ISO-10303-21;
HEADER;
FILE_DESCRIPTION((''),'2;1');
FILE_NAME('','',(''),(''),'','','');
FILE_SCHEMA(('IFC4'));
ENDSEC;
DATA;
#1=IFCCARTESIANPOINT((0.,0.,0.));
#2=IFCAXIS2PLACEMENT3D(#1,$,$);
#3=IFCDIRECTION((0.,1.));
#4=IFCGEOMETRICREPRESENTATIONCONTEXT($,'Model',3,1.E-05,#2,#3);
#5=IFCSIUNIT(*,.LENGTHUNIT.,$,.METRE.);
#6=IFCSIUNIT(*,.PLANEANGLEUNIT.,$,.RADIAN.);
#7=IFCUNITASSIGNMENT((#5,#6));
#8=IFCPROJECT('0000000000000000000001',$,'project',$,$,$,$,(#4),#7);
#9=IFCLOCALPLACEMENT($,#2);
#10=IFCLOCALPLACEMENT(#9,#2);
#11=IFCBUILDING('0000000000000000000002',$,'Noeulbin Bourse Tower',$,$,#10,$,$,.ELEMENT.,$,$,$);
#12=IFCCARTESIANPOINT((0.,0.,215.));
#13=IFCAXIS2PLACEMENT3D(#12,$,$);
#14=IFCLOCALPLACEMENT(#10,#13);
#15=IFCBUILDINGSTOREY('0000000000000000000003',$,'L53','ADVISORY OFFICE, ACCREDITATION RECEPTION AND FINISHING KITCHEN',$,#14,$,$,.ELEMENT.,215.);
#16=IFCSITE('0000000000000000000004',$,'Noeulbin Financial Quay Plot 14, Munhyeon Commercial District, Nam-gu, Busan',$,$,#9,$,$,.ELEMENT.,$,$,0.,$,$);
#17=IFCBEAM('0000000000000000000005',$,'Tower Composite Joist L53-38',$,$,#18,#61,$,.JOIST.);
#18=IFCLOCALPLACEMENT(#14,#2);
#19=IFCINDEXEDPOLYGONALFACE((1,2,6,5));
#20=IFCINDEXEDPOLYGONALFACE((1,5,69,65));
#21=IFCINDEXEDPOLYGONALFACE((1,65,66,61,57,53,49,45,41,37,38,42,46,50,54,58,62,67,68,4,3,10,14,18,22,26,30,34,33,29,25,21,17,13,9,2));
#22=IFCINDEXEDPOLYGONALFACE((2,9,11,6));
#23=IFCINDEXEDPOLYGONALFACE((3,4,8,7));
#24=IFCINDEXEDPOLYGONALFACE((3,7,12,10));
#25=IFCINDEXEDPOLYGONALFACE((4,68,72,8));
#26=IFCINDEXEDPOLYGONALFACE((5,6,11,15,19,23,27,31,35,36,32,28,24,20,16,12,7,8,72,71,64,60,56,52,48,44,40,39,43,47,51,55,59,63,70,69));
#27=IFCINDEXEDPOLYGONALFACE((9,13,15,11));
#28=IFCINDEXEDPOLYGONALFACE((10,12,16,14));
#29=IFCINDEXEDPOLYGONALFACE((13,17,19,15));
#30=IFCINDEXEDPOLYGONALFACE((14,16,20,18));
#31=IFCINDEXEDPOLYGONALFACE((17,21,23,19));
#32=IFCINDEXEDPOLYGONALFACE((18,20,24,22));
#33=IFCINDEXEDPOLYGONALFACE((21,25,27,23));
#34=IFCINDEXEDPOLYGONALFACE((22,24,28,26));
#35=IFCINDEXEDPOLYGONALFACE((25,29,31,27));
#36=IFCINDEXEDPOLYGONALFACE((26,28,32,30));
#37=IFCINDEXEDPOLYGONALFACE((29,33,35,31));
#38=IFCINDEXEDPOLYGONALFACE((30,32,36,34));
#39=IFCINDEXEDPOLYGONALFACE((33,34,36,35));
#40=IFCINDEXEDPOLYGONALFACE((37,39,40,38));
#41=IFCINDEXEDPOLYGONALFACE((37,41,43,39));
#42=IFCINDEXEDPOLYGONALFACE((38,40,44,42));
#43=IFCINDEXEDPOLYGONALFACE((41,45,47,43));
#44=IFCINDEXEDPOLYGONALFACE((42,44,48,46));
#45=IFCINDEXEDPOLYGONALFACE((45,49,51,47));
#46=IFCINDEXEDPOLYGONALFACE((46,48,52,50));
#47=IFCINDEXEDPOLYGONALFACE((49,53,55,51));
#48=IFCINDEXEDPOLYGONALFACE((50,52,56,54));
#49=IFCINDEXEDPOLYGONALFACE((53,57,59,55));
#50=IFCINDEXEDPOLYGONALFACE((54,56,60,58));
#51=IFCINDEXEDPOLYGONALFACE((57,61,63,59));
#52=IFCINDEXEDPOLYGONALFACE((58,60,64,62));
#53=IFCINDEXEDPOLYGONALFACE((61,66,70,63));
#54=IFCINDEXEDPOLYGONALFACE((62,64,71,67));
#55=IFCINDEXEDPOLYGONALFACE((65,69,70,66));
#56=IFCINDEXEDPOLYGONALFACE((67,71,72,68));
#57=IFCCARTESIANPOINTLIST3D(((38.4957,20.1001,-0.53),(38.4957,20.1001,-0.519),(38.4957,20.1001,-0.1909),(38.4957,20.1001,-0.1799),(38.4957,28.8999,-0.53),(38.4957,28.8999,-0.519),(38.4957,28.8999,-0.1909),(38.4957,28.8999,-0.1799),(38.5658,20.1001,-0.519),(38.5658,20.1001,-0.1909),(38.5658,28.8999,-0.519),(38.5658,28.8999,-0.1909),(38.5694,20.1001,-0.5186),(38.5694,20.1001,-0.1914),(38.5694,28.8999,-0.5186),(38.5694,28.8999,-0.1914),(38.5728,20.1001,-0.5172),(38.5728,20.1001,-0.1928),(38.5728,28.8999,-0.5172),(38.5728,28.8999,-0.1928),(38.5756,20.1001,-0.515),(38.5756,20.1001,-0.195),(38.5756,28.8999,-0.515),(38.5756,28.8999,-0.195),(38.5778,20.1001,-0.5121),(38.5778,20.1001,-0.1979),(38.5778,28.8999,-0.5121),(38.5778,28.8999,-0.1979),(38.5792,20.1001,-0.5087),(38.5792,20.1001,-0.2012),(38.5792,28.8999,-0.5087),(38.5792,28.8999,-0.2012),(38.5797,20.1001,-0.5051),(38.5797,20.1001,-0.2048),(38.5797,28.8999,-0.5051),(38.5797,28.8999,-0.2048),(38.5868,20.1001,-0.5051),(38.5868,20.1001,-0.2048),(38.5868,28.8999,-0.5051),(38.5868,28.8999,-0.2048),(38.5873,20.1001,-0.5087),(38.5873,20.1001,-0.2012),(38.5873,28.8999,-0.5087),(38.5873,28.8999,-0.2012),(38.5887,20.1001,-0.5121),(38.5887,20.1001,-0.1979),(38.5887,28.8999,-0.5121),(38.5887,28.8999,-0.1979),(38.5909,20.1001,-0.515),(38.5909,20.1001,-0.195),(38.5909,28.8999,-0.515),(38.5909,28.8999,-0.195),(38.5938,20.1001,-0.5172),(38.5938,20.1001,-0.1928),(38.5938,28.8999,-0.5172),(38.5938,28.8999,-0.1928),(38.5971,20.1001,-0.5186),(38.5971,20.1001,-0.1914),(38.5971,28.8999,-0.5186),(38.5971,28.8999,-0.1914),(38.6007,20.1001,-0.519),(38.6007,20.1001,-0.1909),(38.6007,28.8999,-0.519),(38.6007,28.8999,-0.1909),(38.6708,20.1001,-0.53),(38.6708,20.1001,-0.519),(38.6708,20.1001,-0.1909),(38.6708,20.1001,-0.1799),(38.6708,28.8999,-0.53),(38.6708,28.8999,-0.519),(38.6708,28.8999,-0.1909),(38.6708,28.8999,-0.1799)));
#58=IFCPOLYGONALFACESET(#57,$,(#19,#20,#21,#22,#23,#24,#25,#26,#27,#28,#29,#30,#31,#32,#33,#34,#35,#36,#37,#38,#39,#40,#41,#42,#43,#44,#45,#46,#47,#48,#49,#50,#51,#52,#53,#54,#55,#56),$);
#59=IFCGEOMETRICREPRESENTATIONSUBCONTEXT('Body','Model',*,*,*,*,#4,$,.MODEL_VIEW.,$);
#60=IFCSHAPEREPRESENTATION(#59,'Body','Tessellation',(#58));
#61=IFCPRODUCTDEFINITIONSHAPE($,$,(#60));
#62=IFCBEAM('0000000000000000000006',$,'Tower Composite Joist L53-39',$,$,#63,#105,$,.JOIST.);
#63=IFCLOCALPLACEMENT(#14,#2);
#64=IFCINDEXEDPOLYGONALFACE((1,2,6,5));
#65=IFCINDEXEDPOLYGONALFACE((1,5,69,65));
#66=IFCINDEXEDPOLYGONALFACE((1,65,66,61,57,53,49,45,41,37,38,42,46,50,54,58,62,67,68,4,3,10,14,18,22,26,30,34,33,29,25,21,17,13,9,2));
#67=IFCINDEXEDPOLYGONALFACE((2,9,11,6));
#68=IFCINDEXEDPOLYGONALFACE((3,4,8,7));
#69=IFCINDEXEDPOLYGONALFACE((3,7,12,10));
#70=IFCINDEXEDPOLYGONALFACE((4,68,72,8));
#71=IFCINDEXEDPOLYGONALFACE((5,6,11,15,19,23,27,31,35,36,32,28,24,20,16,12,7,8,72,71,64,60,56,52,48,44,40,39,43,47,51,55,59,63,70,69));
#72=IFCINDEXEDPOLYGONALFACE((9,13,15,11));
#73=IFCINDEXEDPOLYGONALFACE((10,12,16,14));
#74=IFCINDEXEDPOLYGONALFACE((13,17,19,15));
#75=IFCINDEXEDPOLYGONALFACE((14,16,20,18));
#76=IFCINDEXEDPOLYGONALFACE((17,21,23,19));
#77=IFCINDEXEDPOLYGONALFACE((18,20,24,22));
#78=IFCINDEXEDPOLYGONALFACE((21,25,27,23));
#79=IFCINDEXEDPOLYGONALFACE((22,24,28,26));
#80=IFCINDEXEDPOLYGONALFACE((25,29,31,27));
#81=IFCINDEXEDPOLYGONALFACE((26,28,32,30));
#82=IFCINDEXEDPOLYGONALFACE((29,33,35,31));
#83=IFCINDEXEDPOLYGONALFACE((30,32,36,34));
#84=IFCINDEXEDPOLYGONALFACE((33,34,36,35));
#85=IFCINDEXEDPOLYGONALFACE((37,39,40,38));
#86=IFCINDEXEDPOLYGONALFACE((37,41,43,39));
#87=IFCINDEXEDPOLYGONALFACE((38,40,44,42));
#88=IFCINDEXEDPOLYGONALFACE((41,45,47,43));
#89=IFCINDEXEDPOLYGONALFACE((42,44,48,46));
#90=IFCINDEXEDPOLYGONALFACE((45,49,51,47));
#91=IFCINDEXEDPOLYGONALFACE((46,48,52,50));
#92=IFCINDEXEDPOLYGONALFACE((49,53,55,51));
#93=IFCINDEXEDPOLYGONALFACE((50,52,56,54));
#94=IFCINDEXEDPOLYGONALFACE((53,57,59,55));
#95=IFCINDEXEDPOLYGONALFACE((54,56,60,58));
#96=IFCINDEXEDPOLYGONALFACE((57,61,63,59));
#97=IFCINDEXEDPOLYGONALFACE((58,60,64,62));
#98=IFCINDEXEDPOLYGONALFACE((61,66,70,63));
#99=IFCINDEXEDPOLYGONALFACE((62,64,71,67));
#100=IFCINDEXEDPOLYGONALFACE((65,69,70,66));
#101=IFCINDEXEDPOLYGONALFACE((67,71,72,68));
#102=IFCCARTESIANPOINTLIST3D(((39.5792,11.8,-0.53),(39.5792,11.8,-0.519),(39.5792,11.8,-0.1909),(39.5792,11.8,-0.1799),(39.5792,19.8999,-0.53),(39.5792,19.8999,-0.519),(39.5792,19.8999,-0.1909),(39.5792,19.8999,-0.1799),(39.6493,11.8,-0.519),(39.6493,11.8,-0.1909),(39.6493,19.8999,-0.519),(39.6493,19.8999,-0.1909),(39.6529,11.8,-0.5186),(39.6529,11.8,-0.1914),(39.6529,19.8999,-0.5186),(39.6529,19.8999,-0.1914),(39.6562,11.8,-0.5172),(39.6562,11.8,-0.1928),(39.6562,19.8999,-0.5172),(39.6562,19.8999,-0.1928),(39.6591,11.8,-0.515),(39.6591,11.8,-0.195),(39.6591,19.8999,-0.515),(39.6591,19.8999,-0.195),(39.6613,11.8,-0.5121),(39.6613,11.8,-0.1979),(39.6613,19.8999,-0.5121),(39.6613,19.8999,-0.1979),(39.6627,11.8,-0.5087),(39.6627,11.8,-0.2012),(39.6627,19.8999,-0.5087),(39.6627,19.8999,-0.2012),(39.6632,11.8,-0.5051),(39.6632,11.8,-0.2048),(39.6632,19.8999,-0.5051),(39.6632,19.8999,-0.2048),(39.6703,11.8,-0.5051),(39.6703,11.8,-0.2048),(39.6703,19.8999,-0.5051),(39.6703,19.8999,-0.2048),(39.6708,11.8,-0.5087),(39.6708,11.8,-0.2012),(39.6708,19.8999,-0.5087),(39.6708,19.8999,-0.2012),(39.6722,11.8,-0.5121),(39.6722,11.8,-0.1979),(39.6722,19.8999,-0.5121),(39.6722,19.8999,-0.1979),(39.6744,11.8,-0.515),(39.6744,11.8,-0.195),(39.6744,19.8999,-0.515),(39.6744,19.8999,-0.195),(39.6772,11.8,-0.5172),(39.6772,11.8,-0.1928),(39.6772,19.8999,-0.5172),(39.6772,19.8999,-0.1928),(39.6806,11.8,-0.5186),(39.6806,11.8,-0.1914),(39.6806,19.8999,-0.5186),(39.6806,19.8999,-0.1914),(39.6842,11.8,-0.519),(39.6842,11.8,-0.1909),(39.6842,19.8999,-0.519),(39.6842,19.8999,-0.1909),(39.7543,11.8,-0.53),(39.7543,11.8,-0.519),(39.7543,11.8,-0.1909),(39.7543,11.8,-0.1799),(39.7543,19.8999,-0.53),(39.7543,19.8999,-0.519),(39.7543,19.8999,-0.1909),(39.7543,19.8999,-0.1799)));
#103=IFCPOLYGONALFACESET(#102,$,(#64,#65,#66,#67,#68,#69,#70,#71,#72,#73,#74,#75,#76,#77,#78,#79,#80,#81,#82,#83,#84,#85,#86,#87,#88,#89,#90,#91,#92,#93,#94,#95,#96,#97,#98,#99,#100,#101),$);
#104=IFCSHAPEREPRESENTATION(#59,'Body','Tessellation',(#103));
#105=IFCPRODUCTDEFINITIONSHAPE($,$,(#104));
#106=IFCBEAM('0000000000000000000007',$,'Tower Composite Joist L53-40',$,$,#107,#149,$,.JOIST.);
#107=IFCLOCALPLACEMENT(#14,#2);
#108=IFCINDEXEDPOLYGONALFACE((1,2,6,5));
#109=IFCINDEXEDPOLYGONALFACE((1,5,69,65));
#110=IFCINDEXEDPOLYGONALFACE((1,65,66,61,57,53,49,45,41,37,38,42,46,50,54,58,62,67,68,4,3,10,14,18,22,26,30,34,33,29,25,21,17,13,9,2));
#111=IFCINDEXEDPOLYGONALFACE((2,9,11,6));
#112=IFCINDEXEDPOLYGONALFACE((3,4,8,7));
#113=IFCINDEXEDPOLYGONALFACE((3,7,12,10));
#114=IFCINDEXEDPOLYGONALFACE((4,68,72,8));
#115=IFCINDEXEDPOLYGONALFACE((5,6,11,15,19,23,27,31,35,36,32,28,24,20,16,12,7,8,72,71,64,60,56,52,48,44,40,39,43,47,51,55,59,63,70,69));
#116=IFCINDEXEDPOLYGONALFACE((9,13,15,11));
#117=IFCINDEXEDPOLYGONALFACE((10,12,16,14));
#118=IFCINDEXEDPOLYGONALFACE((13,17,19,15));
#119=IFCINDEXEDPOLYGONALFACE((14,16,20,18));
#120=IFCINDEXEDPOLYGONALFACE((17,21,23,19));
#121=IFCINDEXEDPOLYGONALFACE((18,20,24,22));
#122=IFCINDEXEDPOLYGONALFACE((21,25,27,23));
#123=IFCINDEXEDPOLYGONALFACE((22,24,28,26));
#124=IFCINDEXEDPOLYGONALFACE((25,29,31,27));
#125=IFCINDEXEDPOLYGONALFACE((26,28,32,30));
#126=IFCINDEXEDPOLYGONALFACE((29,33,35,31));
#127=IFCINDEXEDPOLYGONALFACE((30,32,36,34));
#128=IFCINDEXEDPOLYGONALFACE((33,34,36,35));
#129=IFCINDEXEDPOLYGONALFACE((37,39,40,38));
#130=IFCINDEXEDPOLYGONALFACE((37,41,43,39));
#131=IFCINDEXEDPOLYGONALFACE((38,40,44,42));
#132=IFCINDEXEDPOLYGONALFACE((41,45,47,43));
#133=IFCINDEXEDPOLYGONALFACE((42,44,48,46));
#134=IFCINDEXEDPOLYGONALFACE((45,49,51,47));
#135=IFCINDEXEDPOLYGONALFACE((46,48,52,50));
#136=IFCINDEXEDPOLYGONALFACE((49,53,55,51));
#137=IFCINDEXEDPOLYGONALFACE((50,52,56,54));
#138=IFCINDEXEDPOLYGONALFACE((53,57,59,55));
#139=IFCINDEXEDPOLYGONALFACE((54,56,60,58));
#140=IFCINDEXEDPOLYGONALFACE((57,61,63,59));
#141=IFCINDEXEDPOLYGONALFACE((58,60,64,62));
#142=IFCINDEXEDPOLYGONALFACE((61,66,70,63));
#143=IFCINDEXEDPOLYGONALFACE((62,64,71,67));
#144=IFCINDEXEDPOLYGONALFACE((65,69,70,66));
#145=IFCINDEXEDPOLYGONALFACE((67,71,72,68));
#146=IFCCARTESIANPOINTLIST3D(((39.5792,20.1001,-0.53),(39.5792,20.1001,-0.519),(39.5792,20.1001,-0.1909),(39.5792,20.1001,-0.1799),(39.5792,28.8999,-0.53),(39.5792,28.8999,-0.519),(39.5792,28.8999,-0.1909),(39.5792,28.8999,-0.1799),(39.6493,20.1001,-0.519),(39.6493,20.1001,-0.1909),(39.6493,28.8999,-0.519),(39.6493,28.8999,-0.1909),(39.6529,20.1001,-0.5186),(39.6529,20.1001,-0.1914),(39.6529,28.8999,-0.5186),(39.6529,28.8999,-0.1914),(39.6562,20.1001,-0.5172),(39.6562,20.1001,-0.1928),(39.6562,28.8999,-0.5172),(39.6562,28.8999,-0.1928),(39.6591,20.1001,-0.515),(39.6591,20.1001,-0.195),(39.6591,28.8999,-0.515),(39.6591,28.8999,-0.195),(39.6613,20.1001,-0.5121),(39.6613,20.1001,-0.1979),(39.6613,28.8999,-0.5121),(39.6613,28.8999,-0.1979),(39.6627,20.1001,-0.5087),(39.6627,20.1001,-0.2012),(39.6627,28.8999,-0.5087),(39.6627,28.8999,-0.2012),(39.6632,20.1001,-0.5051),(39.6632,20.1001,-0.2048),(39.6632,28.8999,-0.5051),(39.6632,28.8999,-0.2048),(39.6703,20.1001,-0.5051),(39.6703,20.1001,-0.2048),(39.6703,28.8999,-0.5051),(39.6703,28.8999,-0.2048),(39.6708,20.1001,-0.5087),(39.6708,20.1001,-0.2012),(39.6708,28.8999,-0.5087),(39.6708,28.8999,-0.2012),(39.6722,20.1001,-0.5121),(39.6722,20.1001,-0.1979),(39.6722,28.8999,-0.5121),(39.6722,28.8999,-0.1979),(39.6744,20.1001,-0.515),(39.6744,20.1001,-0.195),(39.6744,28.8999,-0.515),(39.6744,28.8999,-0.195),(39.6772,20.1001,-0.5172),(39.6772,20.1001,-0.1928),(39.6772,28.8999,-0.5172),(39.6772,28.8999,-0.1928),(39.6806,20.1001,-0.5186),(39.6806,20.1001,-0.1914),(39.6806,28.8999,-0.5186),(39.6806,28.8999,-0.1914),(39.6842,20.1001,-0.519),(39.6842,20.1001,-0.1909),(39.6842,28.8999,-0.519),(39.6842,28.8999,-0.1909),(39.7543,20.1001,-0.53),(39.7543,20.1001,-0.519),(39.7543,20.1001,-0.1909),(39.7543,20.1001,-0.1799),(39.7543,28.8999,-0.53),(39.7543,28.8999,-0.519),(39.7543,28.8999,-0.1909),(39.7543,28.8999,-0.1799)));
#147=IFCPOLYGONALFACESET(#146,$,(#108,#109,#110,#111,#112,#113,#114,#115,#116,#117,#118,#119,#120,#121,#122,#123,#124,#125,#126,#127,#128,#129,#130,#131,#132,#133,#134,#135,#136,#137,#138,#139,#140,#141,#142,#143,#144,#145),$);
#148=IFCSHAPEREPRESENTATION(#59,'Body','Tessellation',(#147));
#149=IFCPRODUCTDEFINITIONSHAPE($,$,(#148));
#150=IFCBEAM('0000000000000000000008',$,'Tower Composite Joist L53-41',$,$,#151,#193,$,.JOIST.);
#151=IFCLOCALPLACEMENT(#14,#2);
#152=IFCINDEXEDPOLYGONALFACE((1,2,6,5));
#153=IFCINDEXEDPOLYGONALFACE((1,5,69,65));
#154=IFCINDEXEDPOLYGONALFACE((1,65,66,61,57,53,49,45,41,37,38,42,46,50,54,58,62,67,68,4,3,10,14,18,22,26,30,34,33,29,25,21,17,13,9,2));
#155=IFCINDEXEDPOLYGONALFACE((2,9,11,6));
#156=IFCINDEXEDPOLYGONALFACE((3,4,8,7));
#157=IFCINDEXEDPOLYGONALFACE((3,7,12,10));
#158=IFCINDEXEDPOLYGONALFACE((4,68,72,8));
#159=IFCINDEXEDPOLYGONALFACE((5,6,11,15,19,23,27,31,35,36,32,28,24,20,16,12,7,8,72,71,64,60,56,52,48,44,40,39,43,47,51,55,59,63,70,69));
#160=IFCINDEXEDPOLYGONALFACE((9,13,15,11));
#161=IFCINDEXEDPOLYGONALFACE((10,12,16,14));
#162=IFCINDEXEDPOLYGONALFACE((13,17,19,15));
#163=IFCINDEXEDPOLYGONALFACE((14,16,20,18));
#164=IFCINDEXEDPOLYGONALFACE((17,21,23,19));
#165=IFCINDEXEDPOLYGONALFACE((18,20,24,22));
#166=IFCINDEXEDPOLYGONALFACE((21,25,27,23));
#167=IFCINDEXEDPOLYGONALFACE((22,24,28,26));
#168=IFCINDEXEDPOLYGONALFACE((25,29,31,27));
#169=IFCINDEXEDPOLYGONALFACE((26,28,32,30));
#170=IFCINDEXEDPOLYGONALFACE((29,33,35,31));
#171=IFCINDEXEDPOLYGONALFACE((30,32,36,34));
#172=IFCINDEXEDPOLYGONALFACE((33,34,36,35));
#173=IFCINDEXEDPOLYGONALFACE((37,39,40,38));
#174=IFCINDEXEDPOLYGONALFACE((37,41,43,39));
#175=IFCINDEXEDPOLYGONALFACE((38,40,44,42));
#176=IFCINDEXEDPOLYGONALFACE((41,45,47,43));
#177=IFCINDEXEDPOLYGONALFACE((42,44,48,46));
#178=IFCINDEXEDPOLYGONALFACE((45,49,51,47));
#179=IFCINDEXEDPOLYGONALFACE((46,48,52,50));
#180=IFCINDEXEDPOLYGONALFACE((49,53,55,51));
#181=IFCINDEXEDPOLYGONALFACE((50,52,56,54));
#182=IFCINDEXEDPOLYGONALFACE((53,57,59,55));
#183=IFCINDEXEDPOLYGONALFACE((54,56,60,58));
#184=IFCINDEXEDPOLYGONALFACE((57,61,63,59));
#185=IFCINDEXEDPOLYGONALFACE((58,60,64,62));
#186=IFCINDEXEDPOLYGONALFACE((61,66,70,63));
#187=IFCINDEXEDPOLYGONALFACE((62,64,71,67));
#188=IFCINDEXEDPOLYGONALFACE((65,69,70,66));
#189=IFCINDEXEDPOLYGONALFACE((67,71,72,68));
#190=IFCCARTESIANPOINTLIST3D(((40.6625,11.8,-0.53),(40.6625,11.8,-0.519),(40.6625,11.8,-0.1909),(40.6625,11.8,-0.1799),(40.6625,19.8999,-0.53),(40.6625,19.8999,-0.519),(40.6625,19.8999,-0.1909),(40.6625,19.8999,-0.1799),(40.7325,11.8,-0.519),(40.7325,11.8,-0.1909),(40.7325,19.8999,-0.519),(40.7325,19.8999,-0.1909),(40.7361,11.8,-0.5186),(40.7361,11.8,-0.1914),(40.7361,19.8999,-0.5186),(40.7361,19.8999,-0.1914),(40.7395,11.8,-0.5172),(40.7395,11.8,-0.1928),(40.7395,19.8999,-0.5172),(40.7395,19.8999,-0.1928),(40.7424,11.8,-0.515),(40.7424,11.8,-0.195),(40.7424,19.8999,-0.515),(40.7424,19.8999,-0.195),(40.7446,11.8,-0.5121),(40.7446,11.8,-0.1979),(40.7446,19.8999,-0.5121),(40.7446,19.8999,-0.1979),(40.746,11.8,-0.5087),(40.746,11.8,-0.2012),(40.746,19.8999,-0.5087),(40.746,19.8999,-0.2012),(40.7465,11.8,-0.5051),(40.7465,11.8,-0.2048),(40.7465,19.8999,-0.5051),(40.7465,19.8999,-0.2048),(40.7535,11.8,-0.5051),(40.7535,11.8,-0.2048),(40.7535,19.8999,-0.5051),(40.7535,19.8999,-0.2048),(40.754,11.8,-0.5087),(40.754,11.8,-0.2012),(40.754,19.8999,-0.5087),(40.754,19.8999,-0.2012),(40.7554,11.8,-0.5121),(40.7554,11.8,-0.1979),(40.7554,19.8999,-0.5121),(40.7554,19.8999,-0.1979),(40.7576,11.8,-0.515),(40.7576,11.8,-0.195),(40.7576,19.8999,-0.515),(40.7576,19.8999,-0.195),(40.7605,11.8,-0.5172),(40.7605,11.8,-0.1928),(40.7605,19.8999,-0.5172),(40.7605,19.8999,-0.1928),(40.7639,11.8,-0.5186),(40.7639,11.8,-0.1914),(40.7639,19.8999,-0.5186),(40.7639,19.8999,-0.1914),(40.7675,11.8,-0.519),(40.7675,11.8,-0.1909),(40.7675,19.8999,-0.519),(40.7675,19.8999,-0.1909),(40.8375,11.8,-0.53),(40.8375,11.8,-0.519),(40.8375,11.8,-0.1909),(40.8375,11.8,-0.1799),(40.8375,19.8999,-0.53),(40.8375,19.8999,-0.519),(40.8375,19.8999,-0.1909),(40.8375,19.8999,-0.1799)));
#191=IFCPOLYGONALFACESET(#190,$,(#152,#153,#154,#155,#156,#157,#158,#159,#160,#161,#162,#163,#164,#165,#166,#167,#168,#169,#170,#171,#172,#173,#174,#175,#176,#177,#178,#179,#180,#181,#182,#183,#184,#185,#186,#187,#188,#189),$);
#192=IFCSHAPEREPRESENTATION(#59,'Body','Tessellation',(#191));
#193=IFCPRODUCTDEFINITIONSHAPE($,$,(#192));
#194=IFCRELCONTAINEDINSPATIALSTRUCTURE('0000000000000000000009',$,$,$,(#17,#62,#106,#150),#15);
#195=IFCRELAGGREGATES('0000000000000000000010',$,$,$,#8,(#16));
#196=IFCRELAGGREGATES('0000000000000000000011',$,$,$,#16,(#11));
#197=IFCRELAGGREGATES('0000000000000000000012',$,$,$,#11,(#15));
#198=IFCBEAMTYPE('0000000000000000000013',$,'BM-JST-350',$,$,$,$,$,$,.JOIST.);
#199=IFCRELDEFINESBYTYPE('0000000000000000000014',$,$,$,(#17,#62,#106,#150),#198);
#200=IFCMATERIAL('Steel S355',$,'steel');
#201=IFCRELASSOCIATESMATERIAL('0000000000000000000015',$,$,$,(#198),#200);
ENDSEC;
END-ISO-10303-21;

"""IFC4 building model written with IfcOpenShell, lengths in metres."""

from ifc_helpers import new_model, si_unit, direction, frame, origin, origin_2d, place, context, subcontext, project, spatial, i_section, extrude, material, material_profile, profile_set, type_object, element, save


model = new_model("IFC4")

# Units and contexts
model_context = context("Model", 3, precision=1e-05, world=origin(), true_north=direction((0.0, 1.0)))
body_context = subcontext(model_context, "Body", "Model", "MODEL_VIEW")
ifc_project = project(units=[si_unit("LENGTHUNIT", "METRE"), si_unit("PLANEANGLEUNIT", "RADIAN")], contexts=[model_context])

# Site, building, storey
site_placement = place(None, origin())
site = spatial("IfcSite", under=ifc_project, at=site_placement, Name="Noeulbin Financial Quay Plot 14, Munhyeon Commercial District, Nam-gu, Busan", CompositionType="ELEMENT", RefElevation=0.0)
building_placement = place(site_placement, origin())
building = spatial("IfcBuilding", under=site, at=building_placement, Name="Noeulbin Bourse Tower", CompositionType="ELEMENT")
storey_placement = place(building_placement, frame((0.0, 0.0, 215.0)))
storey = spatial("IfcBuildingStorey", under=building, at=storey_placement, Name="L53", Description="ADVISORY OFFICE, ACCREDITATION RECEPTION AND FINISHING KITCHEN", CompositionType="ELEMENT", Elevation=215.0)

# Shared definitions
ifc_material_1 = material(Name="Steel S355", Category="steel")

# Beams
ifc_material_profile_1 = material_profile(ifc_material_1, i_section(OverallWidth=0.175, OverallDepth=0.3501, WebThickness=0.0071, FlangeThickness=0.011, FilletRadius=0.0139, at=origin_2d()), Name="H-350x175x7x11", Category="LoadBearing")
ifc_profile_set_1 = profile_set([ifc_material_profile_1], Name="Steel S355")
beam_type_1 = type_object("IfcBeamType", Name="BM-JST-350", PredefinedType="JOIST", material=ifc_profile_set_1)
beam_1_placement = place(storey_placement, frame((38.5833, 20.1001, -0.355), z_axis=(0.0, 1.0, 0.0), x_axis=(-1.0, 0.0, 0.0)))
element("IfcBeam", 1, at=beam_1_placement, inside=storey, type_object=beam_type_1, Name="Tower Composite Joist L53-38", PredefinedType="JOIST", context=body_context, shape_type="SweptSolid", body=[
    extrude(i_section(OverallWidth=0.175, OverallDepth=0.3501, WebThickness=0.0071, FlangeThickness=0.011, FilletRadius=0.0139, at=origin_2d()), origin(), (0.0, 0.0, 1.0), 8.7998),
])
beam_2_placement = place(storey_placement, frame((39.6667, 11.8, -0.355), z_axis=(0.0, 1.0, 0.0), x_axis=(-1.0, 0.0, 0.0)))
element("IfcBeam", 2, at=beam_2_placement, inside=storey, type_object=beam_type_1, Name="Tower Composite Joist L53-39", PredefinedType="JOIST", context=body_context, shape_type="SweptSolid", body=[
    extrude(i_section(OverallWidth=0.175, OverallDepth=0.3501, WebThickness=0.0071, FlangeThickness=0.011, FilletRadius=0.0139, at=origin_2d()), origin(), (0.0, 0.0, 1.0), 8.0999),
])
beam_3_placement = place(storey_placement, frame((39.6667, 20.1001, -0.355), z_axis=(0.0, 1.0, 0.0), x_axis=(-1.0, 0.0, 0.0)))
element("IfcBeam", 3, at=beam_3_placement, inside=storey, type_object=beam_type_1, Name="Tower Composite Joist L53-40", PredefinedType="JOIST", context=body_context, shape_type="SweptSolid", body=[
    extrude(i_section(OverallWidth=0.175, OverallDepth=0.3501, WebThickness=0.0071, FlangeThickness=0.011, FilletRadius=0.0139, at=origin_2d()), origin(), (0.0, 0.0, 1.0), 8.7998),
])
for number, where, z_axis, x_axis, name in (
    (4, (40.75, 11.8, -0.355), (0.0, 1.0, 0.0), (-1.0, 0.0, 0.0), "Tower Composite Joist L53-41"),
):
    element("IfcBeam", number, at=place(storey_placement, frame(where, z_axis=z_axis, x_axis=x_axis)), inside=storey, type_object=beam_type_1, Name=name, PredefinedType="JOIST", context=body_context, shape_type="SweptSolid", body=[
        extrude(i_section(OverallWidth=0.175, OverallDepth=0.3501, WebThickness=0.0071, FlangeThickness=0.011, FilletRadius=0.0139, at=origin_2d()), origin(), (0.0, 0.0, 1.0), 8.0999),
    ])

save(model, "model.ifc")
